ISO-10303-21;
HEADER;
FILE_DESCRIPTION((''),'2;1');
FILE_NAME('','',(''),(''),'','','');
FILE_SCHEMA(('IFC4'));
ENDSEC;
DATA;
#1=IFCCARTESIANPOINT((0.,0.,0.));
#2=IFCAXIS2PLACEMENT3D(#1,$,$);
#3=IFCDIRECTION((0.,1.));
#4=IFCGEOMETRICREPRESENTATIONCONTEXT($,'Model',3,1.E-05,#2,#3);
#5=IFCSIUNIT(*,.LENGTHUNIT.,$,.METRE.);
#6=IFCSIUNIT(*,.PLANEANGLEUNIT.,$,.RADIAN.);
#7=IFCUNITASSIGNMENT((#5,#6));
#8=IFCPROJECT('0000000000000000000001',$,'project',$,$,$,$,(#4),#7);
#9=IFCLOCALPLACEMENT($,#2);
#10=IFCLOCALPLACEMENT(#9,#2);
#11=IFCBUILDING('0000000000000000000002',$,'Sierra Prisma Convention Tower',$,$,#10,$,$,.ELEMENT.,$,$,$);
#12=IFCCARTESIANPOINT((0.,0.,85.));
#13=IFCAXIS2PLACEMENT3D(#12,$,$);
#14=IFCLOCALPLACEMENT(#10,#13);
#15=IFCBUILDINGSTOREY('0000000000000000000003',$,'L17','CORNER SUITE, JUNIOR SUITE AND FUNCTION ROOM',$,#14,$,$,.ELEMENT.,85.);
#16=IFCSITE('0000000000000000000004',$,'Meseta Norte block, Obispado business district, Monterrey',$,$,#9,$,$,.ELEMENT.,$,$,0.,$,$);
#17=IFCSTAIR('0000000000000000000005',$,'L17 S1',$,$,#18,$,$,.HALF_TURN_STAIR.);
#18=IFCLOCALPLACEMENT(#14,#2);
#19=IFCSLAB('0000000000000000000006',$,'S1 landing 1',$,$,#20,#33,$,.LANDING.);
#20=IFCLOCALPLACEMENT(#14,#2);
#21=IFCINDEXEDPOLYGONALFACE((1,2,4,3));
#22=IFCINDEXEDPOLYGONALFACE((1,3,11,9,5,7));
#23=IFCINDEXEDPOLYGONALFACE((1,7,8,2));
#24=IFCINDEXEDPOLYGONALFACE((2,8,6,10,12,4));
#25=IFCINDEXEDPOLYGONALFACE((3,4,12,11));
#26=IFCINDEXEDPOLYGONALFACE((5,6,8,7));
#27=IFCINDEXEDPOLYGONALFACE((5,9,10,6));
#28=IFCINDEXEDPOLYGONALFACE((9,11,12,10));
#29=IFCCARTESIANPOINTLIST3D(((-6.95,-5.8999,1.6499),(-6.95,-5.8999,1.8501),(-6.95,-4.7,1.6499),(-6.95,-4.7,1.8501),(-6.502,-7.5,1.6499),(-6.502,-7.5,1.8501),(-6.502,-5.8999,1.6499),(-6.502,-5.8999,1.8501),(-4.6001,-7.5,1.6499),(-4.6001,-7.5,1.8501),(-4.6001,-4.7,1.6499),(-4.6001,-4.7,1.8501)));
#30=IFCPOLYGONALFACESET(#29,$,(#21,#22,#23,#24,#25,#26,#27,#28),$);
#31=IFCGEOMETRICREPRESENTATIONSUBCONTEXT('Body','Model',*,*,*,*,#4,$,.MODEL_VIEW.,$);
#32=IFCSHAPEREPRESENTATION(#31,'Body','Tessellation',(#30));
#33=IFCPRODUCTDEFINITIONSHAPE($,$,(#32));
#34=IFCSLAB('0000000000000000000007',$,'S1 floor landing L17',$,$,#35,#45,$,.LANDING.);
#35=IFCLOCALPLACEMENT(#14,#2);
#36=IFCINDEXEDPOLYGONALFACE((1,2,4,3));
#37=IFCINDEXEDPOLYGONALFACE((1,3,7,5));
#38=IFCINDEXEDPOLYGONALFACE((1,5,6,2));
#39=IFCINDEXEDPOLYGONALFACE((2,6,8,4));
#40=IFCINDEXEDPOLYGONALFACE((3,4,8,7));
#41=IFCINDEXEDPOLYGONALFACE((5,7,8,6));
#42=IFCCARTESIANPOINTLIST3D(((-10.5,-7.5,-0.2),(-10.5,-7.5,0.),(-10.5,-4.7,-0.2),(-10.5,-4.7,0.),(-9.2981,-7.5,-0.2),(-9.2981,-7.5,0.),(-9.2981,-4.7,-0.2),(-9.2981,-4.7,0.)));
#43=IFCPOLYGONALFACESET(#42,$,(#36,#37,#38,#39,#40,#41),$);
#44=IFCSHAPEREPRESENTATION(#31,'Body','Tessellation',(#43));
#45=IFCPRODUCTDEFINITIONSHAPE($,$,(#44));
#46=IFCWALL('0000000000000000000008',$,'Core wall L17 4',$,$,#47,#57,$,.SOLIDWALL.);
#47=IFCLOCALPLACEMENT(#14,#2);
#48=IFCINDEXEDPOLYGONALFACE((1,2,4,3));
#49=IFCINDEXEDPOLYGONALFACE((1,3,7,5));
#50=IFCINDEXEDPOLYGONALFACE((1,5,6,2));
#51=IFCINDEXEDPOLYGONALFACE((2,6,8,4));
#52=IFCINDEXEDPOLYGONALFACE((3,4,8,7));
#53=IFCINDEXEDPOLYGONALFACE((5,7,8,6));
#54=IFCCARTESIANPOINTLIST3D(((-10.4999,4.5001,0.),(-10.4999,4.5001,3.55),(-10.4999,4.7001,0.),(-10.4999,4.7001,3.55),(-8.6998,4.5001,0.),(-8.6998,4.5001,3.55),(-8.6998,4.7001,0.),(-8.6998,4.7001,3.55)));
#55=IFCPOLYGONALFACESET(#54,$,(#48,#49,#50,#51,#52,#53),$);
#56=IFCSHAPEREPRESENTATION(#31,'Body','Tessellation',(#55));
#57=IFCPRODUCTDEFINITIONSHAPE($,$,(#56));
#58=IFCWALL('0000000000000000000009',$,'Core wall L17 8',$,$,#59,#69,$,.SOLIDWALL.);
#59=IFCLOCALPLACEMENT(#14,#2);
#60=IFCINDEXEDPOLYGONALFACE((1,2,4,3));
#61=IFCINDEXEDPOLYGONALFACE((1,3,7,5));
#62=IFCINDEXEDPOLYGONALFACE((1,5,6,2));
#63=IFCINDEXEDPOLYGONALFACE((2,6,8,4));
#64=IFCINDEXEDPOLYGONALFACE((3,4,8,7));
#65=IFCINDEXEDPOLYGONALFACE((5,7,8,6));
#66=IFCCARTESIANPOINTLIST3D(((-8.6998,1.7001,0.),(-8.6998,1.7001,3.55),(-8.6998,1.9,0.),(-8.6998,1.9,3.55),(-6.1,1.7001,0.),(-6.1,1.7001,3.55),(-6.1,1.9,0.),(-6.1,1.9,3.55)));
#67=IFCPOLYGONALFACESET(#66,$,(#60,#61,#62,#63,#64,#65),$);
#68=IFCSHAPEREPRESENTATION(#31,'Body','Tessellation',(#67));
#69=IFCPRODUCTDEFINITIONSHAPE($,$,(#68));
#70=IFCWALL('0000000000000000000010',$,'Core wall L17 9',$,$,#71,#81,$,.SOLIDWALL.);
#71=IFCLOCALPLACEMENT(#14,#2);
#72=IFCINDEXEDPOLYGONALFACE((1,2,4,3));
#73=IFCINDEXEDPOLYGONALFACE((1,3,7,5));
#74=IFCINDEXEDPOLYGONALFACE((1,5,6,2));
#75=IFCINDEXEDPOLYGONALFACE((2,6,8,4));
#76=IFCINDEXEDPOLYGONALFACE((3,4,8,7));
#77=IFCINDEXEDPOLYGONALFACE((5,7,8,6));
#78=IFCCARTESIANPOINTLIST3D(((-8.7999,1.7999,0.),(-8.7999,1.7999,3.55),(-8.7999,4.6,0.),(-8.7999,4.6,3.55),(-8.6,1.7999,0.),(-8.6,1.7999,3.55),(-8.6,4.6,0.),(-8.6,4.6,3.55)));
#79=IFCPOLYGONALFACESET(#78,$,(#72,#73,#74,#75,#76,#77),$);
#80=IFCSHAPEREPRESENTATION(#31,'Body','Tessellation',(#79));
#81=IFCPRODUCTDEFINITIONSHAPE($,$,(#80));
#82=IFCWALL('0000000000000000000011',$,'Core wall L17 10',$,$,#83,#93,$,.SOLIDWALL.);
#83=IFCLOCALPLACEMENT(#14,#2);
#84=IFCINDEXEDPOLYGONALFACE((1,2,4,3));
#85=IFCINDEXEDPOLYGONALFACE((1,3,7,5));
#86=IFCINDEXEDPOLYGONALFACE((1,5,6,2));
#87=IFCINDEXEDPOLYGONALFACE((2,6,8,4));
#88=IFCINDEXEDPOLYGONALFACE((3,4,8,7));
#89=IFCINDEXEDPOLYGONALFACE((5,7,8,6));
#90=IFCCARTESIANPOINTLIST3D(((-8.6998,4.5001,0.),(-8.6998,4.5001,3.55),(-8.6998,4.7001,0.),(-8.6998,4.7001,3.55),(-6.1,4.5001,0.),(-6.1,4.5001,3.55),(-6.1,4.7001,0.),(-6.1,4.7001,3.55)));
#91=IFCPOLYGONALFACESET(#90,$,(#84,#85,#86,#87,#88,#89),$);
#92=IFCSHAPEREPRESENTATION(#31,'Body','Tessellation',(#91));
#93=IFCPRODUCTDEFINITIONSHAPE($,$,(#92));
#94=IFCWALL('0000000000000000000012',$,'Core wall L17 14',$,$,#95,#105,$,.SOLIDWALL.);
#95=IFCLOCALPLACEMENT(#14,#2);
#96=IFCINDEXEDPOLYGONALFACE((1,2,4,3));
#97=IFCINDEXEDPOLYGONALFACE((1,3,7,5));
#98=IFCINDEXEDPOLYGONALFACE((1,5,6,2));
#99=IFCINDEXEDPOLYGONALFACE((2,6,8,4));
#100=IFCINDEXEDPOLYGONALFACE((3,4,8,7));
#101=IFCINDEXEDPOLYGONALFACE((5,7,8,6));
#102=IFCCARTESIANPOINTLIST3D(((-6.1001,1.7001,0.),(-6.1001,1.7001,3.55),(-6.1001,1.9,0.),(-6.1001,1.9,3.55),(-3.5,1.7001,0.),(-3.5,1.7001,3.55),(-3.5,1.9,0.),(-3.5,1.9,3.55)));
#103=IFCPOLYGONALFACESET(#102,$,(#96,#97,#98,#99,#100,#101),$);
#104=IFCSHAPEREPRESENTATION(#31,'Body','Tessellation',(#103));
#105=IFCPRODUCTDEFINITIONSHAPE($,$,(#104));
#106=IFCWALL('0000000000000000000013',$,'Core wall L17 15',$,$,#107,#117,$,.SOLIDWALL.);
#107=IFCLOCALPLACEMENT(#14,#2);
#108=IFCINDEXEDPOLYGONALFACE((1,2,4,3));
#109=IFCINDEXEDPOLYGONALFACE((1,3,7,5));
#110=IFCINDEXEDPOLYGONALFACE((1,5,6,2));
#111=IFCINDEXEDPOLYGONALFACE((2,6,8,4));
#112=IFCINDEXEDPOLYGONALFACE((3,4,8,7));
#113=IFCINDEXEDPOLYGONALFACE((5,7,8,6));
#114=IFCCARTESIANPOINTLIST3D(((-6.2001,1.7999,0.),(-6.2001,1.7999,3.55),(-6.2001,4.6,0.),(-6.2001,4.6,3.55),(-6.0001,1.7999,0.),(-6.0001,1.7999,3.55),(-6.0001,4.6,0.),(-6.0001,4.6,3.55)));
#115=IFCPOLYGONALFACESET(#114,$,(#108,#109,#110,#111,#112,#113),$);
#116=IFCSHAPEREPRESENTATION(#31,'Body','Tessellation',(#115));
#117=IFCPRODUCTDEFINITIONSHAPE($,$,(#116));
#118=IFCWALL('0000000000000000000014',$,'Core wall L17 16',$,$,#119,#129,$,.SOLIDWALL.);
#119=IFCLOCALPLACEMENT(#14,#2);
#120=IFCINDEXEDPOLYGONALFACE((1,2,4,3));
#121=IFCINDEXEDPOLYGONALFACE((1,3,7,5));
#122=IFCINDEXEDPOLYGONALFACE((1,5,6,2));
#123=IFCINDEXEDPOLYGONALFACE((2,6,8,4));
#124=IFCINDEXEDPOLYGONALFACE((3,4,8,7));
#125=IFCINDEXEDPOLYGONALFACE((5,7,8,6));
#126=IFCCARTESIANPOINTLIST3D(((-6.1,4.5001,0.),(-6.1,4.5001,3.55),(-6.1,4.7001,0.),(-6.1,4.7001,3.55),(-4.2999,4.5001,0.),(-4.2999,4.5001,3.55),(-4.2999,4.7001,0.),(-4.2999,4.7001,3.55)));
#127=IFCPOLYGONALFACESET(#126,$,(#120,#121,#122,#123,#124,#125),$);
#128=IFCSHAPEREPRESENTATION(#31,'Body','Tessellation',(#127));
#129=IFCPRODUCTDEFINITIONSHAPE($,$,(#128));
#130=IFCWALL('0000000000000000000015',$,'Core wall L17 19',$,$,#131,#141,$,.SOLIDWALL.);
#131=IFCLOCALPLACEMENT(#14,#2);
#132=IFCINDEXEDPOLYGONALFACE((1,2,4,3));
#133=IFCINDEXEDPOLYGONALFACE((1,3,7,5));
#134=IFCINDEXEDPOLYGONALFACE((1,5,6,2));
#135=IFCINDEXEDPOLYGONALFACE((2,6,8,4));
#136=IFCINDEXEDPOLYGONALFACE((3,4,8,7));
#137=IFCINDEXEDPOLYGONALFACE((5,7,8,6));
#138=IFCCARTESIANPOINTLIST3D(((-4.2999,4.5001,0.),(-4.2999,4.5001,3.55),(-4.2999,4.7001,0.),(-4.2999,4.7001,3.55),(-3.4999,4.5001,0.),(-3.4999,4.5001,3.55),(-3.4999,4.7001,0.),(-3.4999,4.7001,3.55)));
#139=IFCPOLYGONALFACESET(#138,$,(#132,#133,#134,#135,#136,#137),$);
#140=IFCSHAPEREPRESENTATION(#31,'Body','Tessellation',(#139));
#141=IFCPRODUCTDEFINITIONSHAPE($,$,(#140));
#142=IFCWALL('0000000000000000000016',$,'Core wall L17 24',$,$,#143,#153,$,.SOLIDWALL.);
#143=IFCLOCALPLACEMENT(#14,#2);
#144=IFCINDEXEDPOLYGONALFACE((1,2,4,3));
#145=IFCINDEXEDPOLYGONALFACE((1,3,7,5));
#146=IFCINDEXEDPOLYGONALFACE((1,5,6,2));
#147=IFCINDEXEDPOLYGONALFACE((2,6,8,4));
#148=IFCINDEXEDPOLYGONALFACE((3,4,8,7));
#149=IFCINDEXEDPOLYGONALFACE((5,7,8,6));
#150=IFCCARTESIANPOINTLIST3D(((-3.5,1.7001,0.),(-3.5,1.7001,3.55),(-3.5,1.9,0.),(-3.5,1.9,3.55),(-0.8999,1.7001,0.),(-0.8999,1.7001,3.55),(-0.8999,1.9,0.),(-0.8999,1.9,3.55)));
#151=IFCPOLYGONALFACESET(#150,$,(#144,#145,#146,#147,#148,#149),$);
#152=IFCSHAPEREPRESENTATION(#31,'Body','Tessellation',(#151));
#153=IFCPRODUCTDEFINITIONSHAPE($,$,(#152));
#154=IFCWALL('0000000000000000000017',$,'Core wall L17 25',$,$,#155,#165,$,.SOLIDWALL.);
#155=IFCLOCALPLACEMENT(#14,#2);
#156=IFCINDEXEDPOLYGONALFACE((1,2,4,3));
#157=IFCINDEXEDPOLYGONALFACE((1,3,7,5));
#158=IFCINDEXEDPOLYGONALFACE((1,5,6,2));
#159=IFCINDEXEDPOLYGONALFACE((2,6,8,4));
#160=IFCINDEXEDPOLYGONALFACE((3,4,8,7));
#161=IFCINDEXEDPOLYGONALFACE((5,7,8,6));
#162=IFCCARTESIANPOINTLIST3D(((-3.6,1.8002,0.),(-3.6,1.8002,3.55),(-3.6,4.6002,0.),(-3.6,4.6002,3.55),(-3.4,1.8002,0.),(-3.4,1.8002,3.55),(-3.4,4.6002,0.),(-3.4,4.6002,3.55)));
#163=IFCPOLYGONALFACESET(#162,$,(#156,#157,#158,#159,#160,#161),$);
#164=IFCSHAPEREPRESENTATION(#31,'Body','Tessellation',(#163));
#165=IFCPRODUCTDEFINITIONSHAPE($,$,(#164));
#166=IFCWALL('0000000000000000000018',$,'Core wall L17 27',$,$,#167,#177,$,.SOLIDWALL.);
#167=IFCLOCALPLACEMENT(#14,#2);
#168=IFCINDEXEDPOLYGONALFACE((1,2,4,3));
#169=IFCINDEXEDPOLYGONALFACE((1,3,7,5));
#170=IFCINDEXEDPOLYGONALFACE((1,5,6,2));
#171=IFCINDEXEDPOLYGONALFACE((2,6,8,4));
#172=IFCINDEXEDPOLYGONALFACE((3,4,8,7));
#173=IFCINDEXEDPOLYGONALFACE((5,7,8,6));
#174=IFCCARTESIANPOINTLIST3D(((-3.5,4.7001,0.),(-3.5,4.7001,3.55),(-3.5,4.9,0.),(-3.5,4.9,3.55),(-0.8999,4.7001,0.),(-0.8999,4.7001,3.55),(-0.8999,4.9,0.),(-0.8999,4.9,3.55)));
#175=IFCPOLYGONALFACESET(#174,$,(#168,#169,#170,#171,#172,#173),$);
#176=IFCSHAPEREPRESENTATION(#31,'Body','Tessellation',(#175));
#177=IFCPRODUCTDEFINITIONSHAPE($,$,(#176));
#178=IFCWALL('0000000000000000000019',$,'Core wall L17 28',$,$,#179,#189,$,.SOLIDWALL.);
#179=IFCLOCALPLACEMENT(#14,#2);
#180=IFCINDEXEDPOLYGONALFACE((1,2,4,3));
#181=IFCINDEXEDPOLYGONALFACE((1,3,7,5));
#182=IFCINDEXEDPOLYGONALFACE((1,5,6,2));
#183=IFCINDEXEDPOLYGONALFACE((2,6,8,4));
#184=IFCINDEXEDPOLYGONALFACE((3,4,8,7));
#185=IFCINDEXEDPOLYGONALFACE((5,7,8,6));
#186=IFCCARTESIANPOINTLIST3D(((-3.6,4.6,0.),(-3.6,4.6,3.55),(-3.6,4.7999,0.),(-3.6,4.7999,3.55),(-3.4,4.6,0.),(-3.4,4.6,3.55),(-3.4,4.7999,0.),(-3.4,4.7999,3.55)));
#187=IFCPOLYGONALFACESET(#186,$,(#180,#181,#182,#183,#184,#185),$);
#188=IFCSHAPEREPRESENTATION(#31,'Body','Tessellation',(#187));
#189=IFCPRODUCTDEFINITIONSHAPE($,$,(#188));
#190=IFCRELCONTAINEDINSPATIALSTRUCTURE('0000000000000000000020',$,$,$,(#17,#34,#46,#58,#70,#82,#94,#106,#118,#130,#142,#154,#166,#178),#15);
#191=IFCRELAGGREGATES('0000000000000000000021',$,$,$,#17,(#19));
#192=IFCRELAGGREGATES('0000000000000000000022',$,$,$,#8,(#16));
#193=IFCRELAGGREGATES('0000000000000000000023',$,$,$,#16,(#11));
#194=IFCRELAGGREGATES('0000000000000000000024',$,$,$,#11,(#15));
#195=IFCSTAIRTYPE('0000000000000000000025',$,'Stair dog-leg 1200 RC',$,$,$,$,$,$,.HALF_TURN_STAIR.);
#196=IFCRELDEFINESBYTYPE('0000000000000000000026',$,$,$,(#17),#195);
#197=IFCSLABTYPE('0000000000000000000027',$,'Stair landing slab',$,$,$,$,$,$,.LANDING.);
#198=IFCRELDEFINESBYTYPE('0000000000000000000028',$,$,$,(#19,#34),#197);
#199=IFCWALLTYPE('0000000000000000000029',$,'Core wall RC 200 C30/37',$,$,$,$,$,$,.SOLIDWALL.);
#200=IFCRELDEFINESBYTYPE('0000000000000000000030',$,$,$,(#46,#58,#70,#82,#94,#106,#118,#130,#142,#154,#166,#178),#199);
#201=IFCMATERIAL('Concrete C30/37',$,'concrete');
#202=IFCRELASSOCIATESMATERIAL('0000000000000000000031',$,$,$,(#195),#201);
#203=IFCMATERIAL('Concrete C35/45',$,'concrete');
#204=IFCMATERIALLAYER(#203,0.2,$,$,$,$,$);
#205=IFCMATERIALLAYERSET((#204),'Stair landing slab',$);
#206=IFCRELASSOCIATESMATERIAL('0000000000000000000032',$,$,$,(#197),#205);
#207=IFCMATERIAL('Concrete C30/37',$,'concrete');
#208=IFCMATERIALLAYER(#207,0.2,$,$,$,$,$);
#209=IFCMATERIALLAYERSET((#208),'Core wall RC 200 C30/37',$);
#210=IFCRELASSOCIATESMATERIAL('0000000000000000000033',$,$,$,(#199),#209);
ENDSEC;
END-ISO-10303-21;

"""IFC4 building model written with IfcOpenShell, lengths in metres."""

from ifc_helpers import new_model, si_unit, direction, frame, frame_2d, origin, place, context, subcontext, project, spatial, polyline, rectangle, outline, extrude, material, layer, layer_set, type_object, element, aggregate, save


model = new_model("IFC4")

# Units and contexts
model_context = context("Model", 3, precision=1e-05, world=origin(), true_north=direction((0.0, 1.0)))
body_context = subcontext(model_context, "Body", "Model", "MODEL_VIEW")
ifc_project = project(units=[si_unit("LENGTHUNIT", "METRE"), si_unit("PLANEANGLEUNIT", "RADIAN")], contexts=[model_context])

# Site, building, storey
site_placement = place(None, origin())
site = spatial("IfcSite", under=ifc_project, at=site_placement, Name="Meseta Norte block, Obispado business district, Monterrey", CompositionType="ELEMENT", RefElevation=0.0)
building_placement = place(site_placement, origin())
building = spatial("IfcBuilding", under=site, at=building_placement, Name="Sierra Prisma Convention Tower", CompositionType="ELEMENT")
storey_placement = place(building_placement, frame((0.0, 0.0, 85.0)))
storey = spatial("IfcBuildingStorey", under=building, at=storey_placement, Name="L17", Description="CORNER SUITE, JUNIOR SUITE AND FUNCTION ROOM", CompositionType="ELEMENT", Elevation=85.0)

# Stair, slab
ifc_material_1 = material(Name="Concrete C30/37", Category="concrete")
stair_type = type_object("IfcStairType", Name="Stair dog-leg 1200 RC", PredefinedType="HALF_TURN_STAIR", material=ifc_material_1)
stair_1_placement = place(storey_placement, origin())
stair_1 = element("IfcStair", 1, at=stair_1_placement, inside=storey, type_object=stair_type, Name="L17 S1", PredefinedType="HALF_TURN_STAIR")
ifc_material_2 = material(Name="Concrete C35/45", Category="concrete")
ifc_layer_1 = layer(ifc_material_2, 0.2)
ifc_layer_set_1 = layer_set([ifc_layer_1], Name="Stair landing slab")
slab_type_1 = type_object("IfcSlabType", Name="Stair landing slab", PredefinedType="LANDING", material=ifc_layer_set_1)
slab_1_placement = place(storey_placement, frame((0.0, 0.0, 1.6499)))
slab_1 = element("IfcSlab", 2, at=slab_1_placement, type_object=slab_type_1, Name="S1 landing 1", PredefinedType="LANDING", context=body_context, shape_type="SweptSolid", body=[
    extrude(outline(polyline([(-4.6001, -4.7), (-4.6001, -7.5), (-6.502, -7.5), (-6.502, -5.8999), (-6.95, -5.8999), (-6.95, -4.7), (-4.6001, -4.7)])), origin(), (0.0, 0.0, 1.0), 0.2002),
])
aggregate(stair_1, [slab_1])

# Slab
slab_2_placement = place(storey_placement, frame((0.0, 0.0, -0.2)))
element("IfcSlab", 3, at=slab_2_placement, inside=storey, type_object=slab_type_1, Name="S1 floor landing L17", PredefinedType="LANDING", context=body_context, shape_type="SweptSolid", body=[
    extrude(outline(polyline([(-10.5, -7.5), (-9.2981, -7.5), (-9.2981, -4.7), (-10.5, -4.7), (-10.5, -7.5)])), origin(), (0.0, 0.0, 1.0), 0.2),
])

# Shared definitions
ifc_material_3 = material(Name="Concrete C30/37", Category="concrete")
ifc_layer_2 = layer(ifc_material_3, 0.2)
ifc_layer_set_2 = layer_set([ifc_layer_2], Name="Core wall RC 200 C30/37")
wall_type = type_object("IfcWallType", Name="Core wall RC 200 C30/37", PredefinedType="SOLIDWALL", material=ifc_layer_set_2)

# Walls
wall_1_placement = place(storey_placement, frame((-8.7, 4.6001, 0.0), z_axis=(0.0, 0.0, 1.0), x_axis=(-1.0, 0.0, 0.0)))
element("IfcWall", 4, at=wall_1_placement, inside=storey, type_object=wall_type, Name="Core wall L17 4", PredefinedType="SOLIDWALL", context=body_context, shape_type="SweptSolid", body=[
    extrude(rectangle(XDim=1.8, YDim=0.2, at=frame_2d((0.8999, 0.0))), origin(), (0.0, 0.0, 1.0), 3.55),
])
wall_2_placement = place(storey_placement, frame((-6.1001, 1.8, 0.0), z_axis=(0.0, 0.0, 1.0), x_axis=(-1.0, 0.0, 0.0)))
element("IfcWall", 5, at=wall_2_placement, inside=storey, type_object=wall_type, Name="Core wall L17 8", PredefinedType="SOLIDWALL", context=body_context, shape_type="SweptSolid", body=[
    extrude(rectangle(XDim=2.5999, YDim=0.2, at=frame_2d((1.2998, 0.0))), origin(), (0.0, 0.0, 1.0), 3.55),
])
wall_3_placement = place(storey_placement, frame((-8.7, 1.8, 0.0), z_axis=(0.0, 0.0, 1.0), x_axis=(0.0, 1.0, 0.0)))
element("IfcWall", 6, at=wall_3_placement, inside=storey, type_object=wall_type, Name="Core wall L17 9", PredefinedType="SOLIDWALL", context=body_context, shape_type="SweptSolid", body=[
    extrude(rectangle(XDim=2.8, YDim=0.2, at=frame_2d((1.3999, 0.0))), origin(), (0.0, 0.0, 1.0), 3.55),
])
wall_4_placement = place(storey_placement, frame((-6.1001, 4.6001, 0.0), z_axis=(0.0, 0.0, 1.0), x_axis=(-1.0, 0.0, 0.0)))
element("IfcWall", 7, at=wall_4_placement, inside=storey, type_object=wall_type, Name="Core wall L17 10", PredefinedType="SOLIDWALL", context=body_context, shape_type="SweptSolid", body=[
    extrude(rectangle(XDim=2.5999, YDim=0.2, at=frame_2d((1.2998, 0.0))), origin(), (0.0, 0.0, 1.0), 3.55),
])
wall_5_placement = place(storey_placement, frame((-3.5, 1.8, 0.0), z_axis=(0.0, 0.0, 1.0), x_axis=(-1.0, 0.0, 0.0)))
element("IfcWall", 8, at=wall_5_placement, inside=storey, type_object=wall_type, Name="Core wall L17 14", PredefinedType="SOLIDWALL", context=body_context, shape_type="SweptSolid", body=[
    extrude(rectangle(XDim=2.6001, YDim=0.2, at=frame_2d((1.3, 0.0))), origin(), (0.0, 0.0, 1.0), 3.55),
])
wall_6_placement = place(storey_placement, frame((-6.1001, 1.8, 0.0), z_axis=(0.0, 0.0, 1.0), x_axis=(0.0, 1.0, 0.0)))
element("IfcWall", 9, at=wall_6_placement, inside=storey, type_object=wall_type, Name="Core wall L17 15", PredefinedType="SOLIDWALL", context=body_context, shape_type="SweptSolid", body=[
    extrude(rectangle(XDim=2.8, YDim=0.2, at=frame_2d((1.3999, 0.0))), origin(), (0.0, 0.0, 1.0), 3.55),
])
wall_7_placement = place(storey_placement, frame((-4.3, 4.6001, 0.0), z_axis=(0.0, 0.0, 1.0), x_axis=(-1.0, 0.0, 0.0)))
element("IfcWall", 10, at=wall_7_placement, inside=storey, type_object=wall_type, Name="Core wall L17 16", PredefinedType="SOLIDWALL", context=body_context, shape_type="SweptSolid", body=[
    extrude(rectangle(XDim=1.8, YDim=0.2, at=frame_2d((0.8999, 0.0))), origin(), (0.0, 0.0, 1.0), 3.55),
])
wall_8_placement = place(storey_placement, frame((-3.5, 4.6001, 0.0), z_axis=(0.0, 0.0, 1.0), x_axis=(-1.0, 0.0, 0.0)))
element("IfcWall", 11, at=wall_8_placement, inside=storey, type_object=wall_type, Name="Core wall L17 19", PredefinedType="SOLIDWALL", context=body_context, shape_type="SweptSolid", body=[
    extrude(rectangle(XDim=0.8, YDim=0.2, at=frame_2d((0.3999, 0.0))), origin(), (0.0, 0.0, 1.0), 3.55),
])

# Walls
wall_9_placement = place(storey_placement, frame((-0.8999, 1.8, 0.0), z_axis=(0.0, 0.0, 1.0), x_axis=(-1.0, 0.0, 0.0)))
element("IfcWall", 12, at=wall_9_placement, inside=storey, type_object=wall_type, Name="Core wall L17 24", PredefinedType="SOLIDWALL", context=body_context, shape_type="SweptSolid", body=[
    extrude(rectangle(XDim=2.6001, YDim=0.2, at=frame_2d((1.3, 0.0))), origin(), (0.0, 0.0, 1.0), 3.55),
])
wall_10_placement = place(storey_placement, frame((-3.5, 4.6001, 0.0), z_axis=(0.0, 0.0, 1.0), x_axis=(0.0, -1.0, 0.0)))
element("IfcWall", 13, at=wall_10_placement, inside=storey, type_object=wall_type, Name="Core wall L17 25", PredefinedType="SOLIDWALL", context=body_context, shape_type="SweptSolid", body=[
    extrude(rectangle(XDim=2.8, YDim=0.2, at=frame_2d((1.3999, 0.0))), origin(), (0.0, 0.0, 1.0), 3.55),
])

# Walls
wall_11_placement = place(storey_placement, frame((-0.8999, 4.8, 0.0), z_axis=(0.0, 0.0, 1.0), x_axis=(-1.0, 0.0, 0.0)))
element("IfcWall", 14, at=wall_11_placement, inside=storey, type_object=wall_type, Name="Core wall L17 27", PredefinedType="SOLIDWALL", context=body_context, shape_type="SweptSolid", body=[
    extrude(rectangle(XDim=2.6001, YDim=0.2, at=frame_2d((1.3, 0.0))), origin(), (0.0, 0.0, 1.0), 3.55),
])
wall_12_placement = place(storey_placement, frame((-3.5, 4.8, 0.0), z_axis=(0.0, 0.0, 1.0), x_axis=(0.0, -1.0, 0.0)))
element("IfcWall", 15, at=wall_12_placement, inside=storey, type_object=wall_type, Name="Core wall L17 28", PredefinedType="SOLIDWALL", context=body_context, shape_type="SweptSolid", body=[
    extrude(rectangle(XDim=0.2, YDim=0.2, at=frame_2d((0.1001, 0.0))), origin(), (0.0, 0.0, 1.0), 3.55),
])

save(model, "model.ifc")
